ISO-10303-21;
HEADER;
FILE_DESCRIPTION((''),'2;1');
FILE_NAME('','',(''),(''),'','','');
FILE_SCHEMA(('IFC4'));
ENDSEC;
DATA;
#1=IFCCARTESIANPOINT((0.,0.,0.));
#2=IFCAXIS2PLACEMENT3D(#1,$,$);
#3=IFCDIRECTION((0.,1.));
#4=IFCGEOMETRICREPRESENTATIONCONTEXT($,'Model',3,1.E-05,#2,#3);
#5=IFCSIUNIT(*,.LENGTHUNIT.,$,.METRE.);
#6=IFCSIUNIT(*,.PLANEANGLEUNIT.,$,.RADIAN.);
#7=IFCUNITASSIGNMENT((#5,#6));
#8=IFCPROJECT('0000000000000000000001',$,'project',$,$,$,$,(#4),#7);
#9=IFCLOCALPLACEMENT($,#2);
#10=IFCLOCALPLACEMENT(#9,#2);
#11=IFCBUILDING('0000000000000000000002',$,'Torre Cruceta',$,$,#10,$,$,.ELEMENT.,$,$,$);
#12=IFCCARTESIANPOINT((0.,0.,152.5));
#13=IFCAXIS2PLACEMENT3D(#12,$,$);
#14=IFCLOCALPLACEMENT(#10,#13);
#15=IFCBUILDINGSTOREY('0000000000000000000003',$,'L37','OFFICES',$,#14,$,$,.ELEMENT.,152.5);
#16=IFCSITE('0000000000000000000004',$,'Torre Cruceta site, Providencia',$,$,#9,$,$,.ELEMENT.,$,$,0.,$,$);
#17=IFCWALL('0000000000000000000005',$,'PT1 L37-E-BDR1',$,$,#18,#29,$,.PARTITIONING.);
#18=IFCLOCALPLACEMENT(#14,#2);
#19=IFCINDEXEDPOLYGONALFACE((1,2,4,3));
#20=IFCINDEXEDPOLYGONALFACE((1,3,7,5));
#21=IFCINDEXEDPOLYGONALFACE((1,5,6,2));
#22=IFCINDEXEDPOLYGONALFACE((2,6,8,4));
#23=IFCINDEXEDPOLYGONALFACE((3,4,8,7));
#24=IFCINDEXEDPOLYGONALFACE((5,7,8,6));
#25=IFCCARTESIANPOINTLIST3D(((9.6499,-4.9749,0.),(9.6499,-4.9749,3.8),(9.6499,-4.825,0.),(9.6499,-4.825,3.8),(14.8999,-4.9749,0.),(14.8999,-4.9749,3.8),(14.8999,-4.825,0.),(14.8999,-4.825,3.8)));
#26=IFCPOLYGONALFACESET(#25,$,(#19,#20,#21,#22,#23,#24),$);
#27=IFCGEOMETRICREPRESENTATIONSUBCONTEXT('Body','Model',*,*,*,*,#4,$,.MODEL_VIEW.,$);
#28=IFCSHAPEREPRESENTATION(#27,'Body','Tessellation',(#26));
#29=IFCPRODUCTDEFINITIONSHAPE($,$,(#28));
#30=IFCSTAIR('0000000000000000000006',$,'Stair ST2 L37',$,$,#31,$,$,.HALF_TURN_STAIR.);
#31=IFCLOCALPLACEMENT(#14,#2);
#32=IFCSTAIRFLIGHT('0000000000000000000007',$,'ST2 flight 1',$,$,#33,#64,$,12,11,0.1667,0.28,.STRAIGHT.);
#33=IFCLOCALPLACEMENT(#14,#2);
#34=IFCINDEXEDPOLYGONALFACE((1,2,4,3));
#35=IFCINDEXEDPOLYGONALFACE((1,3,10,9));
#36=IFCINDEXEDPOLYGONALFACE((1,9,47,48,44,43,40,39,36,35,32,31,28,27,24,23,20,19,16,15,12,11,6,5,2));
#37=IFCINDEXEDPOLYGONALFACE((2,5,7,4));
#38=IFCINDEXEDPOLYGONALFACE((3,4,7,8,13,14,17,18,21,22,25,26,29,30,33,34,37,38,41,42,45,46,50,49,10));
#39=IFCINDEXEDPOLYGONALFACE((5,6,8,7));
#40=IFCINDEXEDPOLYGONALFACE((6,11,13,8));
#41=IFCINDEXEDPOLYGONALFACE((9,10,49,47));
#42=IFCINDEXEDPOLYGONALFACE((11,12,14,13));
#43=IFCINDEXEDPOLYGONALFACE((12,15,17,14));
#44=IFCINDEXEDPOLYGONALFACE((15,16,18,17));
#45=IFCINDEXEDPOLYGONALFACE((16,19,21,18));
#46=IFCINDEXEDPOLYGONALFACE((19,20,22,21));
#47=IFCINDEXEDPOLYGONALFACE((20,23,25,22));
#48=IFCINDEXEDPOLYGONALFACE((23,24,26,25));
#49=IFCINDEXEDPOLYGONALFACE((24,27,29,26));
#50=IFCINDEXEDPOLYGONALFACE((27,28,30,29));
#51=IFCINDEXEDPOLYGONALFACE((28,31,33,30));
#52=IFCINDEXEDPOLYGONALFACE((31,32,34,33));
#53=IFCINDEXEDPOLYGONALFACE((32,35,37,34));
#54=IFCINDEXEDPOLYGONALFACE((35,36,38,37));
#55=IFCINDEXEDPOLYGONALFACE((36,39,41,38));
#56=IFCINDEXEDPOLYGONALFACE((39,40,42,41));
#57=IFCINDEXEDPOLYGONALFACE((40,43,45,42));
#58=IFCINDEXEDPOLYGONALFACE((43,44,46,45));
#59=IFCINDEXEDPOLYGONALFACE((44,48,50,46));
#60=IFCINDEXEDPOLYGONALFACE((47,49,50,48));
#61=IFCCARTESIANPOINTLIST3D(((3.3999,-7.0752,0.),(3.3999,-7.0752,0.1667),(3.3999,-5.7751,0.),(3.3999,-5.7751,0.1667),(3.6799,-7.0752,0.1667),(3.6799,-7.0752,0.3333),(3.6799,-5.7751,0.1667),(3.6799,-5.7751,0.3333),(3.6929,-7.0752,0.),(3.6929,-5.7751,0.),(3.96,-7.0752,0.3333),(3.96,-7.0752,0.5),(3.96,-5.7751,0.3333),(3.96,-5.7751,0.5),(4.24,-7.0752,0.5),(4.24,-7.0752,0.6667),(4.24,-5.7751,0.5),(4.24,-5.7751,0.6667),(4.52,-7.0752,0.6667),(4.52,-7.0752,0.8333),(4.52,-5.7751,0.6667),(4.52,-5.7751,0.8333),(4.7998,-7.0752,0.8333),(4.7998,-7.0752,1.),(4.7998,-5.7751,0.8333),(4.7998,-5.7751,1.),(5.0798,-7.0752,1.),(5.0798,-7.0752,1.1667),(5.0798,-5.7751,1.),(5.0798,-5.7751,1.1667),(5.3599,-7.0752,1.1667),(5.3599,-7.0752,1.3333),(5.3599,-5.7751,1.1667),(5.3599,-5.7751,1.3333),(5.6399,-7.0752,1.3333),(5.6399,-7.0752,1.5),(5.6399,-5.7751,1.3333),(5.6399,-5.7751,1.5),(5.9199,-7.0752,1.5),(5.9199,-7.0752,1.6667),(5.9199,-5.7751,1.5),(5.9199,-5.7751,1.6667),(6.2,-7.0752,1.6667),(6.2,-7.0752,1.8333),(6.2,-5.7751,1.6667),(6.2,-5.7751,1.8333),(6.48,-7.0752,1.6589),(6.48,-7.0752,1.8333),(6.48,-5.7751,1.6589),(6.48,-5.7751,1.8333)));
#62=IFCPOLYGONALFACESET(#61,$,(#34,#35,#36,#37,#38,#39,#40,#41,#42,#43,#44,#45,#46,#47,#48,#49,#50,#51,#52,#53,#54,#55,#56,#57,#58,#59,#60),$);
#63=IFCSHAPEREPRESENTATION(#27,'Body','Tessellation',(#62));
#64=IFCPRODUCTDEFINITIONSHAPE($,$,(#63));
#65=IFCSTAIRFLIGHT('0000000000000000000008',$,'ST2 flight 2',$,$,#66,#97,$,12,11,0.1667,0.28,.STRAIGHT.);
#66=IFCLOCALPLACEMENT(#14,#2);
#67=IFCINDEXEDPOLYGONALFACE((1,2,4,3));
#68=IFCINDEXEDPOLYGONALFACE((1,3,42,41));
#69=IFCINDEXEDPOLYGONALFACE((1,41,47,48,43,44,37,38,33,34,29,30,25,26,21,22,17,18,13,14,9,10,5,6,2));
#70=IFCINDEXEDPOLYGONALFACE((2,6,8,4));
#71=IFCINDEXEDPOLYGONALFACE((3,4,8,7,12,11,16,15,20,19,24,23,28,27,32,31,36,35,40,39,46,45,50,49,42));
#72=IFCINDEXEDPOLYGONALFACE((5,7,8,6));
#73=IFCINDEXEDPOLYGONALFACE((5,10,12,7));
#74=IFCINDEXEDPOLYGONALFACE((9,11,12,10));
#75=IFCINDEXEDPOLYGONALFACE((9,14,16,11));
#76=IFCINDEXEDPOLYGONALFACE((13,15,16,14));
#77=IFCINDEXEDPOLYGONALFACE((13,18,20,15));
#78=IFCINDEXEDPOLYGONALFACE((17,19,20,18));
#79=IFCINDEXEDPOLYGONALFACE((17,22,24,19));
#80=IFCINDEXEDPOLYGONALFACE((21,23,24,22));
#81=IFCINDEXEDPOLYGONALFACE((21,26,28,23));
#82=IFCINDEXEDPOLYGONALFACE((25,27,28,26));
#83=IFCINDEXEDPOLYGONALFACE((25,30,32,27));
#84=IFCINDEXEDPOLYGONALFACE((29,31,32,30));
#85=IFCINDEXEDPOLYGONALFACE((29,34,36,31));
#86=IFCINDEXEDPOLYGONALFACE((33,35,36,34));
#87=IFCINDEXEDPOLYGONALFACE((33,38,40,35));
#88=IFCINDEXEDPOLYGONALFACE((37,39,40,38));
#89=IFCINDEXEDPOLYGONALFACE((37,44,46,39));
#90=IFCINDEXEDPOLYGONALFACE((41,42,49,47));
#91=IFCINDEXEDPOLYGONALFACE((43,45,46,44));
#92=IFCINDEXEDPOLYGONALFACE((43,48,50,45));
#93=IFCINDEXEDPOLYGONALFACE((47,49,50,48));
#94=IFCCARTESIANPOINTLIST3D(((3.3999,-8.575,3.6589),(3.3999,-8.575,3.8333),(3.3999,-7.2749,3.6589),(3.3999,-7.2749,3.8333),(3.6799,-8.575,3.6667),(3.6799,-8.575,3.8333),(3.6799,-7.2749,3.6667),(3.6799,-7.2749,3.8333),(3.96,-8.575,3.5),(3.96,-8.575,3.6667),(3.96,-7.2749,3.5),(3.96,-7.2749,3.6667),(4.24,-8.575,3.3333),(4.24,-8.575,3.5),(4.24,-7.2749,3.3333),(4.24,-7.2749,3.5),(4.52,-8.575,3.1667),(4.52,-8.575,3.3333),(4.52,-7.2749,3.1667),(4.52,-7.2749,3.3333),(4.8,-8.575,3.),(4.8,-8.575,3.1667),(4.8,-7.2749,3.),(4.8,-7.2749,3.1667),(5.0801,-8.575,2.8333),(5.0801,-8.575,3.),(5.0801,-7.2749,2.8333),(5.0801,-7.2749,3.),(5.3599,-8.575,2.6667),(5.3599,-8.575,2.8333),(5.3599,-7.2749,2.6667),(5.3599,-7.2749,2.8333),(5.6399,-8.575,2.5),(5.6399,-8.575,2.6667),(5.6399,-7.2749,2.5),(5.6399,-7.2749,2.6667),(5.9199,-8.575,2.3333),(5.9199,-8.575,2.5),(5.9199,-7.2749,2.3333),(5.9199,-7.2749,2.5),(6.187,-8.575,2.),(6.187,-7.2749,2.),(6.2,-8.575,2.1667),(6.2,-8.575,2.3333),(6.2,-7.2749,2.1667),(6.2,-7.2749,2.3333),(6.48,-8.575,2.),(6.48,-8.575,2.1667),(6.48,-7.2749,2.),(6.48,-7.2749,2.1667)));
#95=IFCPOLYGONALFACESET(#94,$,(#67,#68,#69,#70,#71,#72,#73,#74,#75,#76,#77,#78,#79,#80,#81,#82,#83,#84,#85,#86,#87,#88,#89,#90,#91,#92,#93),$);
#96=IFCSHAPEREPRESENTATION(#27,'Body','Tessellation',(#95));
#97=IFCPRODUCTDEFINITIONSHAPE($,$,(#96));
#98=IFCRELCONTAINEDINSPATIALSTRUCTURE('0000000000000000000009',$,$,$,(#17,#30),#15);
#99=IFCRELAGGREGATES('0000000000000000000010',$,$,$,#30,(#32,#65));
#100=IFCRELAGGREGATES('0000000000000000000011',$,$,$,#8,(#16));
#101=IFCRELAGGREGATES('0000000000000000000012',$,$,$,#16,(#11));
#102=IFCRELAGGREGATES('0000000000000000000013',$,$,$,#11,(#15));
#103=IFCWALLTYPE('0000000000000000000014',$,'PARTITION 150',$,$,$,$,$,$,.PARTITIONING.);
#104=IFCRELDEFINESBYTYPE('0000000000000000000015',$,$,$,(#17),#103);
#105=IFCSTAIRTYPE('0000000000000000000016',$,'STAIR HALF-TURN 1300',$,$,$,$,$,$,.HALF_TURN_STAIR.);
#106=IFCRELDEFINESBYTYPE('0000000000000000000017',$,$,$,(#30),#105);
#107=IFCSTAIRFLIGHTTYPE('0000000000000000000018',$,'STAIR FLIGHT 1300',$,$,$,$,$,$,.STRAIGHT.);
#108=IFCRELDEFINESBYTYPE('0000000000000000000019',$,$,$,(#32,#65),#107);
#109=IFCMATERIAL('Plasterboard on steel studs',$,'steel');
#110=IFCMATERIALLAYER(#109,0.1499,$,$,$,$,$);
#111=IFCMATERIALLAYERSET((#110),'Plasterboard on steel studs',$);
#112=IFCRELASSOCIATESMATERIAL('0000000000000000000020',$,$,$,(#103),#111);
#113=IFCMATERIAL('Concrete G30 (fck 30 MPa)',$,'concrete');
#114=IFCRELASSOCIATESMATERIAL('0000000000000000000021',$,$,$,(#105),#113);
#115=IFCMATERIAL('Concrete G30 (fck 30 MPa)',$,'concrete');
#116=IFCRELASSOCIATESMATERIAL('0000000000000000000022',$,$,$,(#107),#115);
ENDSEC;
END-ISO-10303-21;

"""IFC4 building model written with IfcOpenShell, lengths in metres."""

from ifc_helpers import new_model, si_unit, direction, frame, frame_2d, origin, place, context, subcontext, project, spatial, polyline, rectangle, outline, extrude, material, layer, layer_set, type_object, element, aggregate, save


model = new_model("IFC4")

# Units and contexts
model_context = context("Model", 3, precision=1e-05, world=origin(), true_north=direction((0.0, 1.0)))
body_context = subcontext(model_context, "Body", "Model", "MODEL_VIEW")
ifc_project = project(units=[si_unit("LENGTHUNIT", "METRE"), si_unit("PLANEANGLEUNIT", "RADIAN")], contexts=[model_context])

# Site, building, storey
site_placement = place(None, origin())
site = spatial("IfcSite", under=ifc_project, at=site_placement, Name="Torre Cruceta site, Providencia", CompositionType="ELEMENT", RefElevation=0.0)
building_placement = place(site_placement, origin())
building = spatial("IfcBuilding", under=site, at=building_placement, Name="Torre Cruceta", CompositionType="ELEMENT")
storey_placement = place(building_placement, frame((0.0, 0.0, 152.5)))
storey = spatial("IfcBuildingStorey", under=building, at=storey_placement, Name="L37", Description="OFFICES", CompositionType="ELEMENT", Elevation=152.5)

# Shared definitions
ifc_material_1 = material(Name="Plasterboard on steel studs", Category="steel")
ifc_layer_1 = layer(ifc_material_1, 0.1499)
ifc_layer_set_1 = layer_set([ifc_layer_1], Name="Plasterboard on steel studs")
wall_type_1 = type_object("IfcWallType", Name="PARTITION 150", PredefinedType="PARTITIONING", material=ifc_layer_set_1)

# Wall
wall_1_placement = place(storey_placement, frame((9.6499, -4.8999, 0.0), z_axis=(0.0, 0.0, 1.0), x_axis=(1.0, 0.0, 0.0)))
element("IfcWall", 1, at=wall_1_placement, inside=storey, type_object=wall_type_1, Name="PT1 L37-E-BDR1", PredefinedType="PARTITIONING", context=body_context, shape_type="SweptSolid", body=[
    extrude(rectangle(XDim=5.25, YDim=0.1499, at=frame_2d((2.625, 0.0))), origin(), (0.0, 0.0, 1.0), 3.8),
])

# Stair, stair flights
ifc_material_2 = material(Name="Concrete G30 (fck 30 MPa)", Category="concrete")
stair_type = type_object("IfcStairType", Name="STAIR HALF-TURN 1300", PredefinedType="HALF_TURN_STAIR", material=ifc_material_2)
stair_placement = place(storey_placement, origin())
stair = element("IfcStair", 2, at=stair_placement, inside=storey, type_object=stair_type, Name="Stair ST2 L37", PredefinedType="HALF_TURN_STAIR")
ifc_material_3 = material(Name="Concrete G30 (fck 30 MPa)", Category="concrete")
stair_flight_type = type_object("IfcStairFlightType", Name="STAIR FLIGHT 1300", PredefinedType="STRAIGHT", material=ifc_material_3)
stair_flight_1_placement = place(storey_placement, frame((3.3999, -6.425, 0.0), z_axis=(0.0, 0.0, 1.0), x_axis=(1.0, 0.0, 0.0)))
stair_flight_1 = element("IfcStairFlight", 3, at=stair_flight_1_placement, type_object=stair_flight_type, Name="ST2 flight 1", NumberOfRisers=12, NumberOfTreads=11, PredefinedType="STRAIGHT", RiserHeight=0.1667, TreadLength=0.28, context=body_context, shape_type="SweptSolid", body=[
    extrude(outline(polyline([(0.0, 0.0), (0.0, 0.1667), (0.28, 0.1667), (0.28, 0.3333), (0.5601, 0.3333), (0.5601, 0.5), (0.8401, 0.5), (0.8401, 0.6667), (1.1201, 0.6667), (1.1201, 0.8333), (1.3999, 0.8333), (1.3999, 1.0), (1.6799, 1.0), (1.6799, 1.1667), (1.96, 1.1667), (1.96, 1.3333), (2.24, 1.3333), (2.24, 1.5), (2.52, 1.5), (2.52, 1.6667), (2.8, 1.6667), (2.8, 1.8333), (3.0801, 1.8333), (3.0801, 2.0), (3.0801, 1.6589), (0.293, 0.0), (0.0, 0.0)])), frame((0.0, 0.6499, 0.0), z_axis=(0.0, -1.0, 0.0), x_axis=(1.0, 0.0, 0.0)), (0.0, 0.0, 1.0), 1.3),
])
stair_flight_2_placement = place(storey_placement, frame((6.48, -7.925, 2.0), z_axis=(0.0, 0.0, 1.0), x_axis=(-1.0, 0.0, 0.0)))
stair_flight_2 = element("IfcStairFlight", 4, at=stair_flight_2_placement, type_object=stair_flight_type, Name="ST2 flight 2", NumberOfRisers=12, NumberOfTreads=11, PredefinedType="STRAIGHT", RiserHeight=0.1667, TreadLength=0.28, context=body_context, shape_type="SweptSolid", body=[
    extrude(outline(polyline([(0.0, 0.0), (0.0, 0.1667), (0.28, 0.1667), (0.28, 0.3333), (0.5601, 0.3333), (0.5601, 0.5), (0.8401, 0.5), (0.8401, 0.6667), (1.1201, 0.6667), (1.1201, 0.8333), (1.3999, 0.8333), (1.3999, 1.0), (1.6799, 1.0), (1.6799, 1.1667), (1.96, 1.1667), (1.96, 1.3333), (2.24, 1.3333), (2.24, 1.5), (2.52, 1.5), (2.52, 1.6667), (2.8, 1.6667), (2.8, 1.8333), (3.0801, 1.8333), (3.0801, 2.0), (3.0801, 1.6589), (0.293, 0.0), (0.0, 0.0)])), frame((0.0, 0.6499, 0.0), z_axis=(0.0, -1.0, 0.0), x_axis=(1.0, 0.0, 0.0)), (0.0, 0.0, 1.0), 1.3),
])
aggregate(stair, [stair_flight_1, stair_flight_2])

save(model, "model.ifc")
